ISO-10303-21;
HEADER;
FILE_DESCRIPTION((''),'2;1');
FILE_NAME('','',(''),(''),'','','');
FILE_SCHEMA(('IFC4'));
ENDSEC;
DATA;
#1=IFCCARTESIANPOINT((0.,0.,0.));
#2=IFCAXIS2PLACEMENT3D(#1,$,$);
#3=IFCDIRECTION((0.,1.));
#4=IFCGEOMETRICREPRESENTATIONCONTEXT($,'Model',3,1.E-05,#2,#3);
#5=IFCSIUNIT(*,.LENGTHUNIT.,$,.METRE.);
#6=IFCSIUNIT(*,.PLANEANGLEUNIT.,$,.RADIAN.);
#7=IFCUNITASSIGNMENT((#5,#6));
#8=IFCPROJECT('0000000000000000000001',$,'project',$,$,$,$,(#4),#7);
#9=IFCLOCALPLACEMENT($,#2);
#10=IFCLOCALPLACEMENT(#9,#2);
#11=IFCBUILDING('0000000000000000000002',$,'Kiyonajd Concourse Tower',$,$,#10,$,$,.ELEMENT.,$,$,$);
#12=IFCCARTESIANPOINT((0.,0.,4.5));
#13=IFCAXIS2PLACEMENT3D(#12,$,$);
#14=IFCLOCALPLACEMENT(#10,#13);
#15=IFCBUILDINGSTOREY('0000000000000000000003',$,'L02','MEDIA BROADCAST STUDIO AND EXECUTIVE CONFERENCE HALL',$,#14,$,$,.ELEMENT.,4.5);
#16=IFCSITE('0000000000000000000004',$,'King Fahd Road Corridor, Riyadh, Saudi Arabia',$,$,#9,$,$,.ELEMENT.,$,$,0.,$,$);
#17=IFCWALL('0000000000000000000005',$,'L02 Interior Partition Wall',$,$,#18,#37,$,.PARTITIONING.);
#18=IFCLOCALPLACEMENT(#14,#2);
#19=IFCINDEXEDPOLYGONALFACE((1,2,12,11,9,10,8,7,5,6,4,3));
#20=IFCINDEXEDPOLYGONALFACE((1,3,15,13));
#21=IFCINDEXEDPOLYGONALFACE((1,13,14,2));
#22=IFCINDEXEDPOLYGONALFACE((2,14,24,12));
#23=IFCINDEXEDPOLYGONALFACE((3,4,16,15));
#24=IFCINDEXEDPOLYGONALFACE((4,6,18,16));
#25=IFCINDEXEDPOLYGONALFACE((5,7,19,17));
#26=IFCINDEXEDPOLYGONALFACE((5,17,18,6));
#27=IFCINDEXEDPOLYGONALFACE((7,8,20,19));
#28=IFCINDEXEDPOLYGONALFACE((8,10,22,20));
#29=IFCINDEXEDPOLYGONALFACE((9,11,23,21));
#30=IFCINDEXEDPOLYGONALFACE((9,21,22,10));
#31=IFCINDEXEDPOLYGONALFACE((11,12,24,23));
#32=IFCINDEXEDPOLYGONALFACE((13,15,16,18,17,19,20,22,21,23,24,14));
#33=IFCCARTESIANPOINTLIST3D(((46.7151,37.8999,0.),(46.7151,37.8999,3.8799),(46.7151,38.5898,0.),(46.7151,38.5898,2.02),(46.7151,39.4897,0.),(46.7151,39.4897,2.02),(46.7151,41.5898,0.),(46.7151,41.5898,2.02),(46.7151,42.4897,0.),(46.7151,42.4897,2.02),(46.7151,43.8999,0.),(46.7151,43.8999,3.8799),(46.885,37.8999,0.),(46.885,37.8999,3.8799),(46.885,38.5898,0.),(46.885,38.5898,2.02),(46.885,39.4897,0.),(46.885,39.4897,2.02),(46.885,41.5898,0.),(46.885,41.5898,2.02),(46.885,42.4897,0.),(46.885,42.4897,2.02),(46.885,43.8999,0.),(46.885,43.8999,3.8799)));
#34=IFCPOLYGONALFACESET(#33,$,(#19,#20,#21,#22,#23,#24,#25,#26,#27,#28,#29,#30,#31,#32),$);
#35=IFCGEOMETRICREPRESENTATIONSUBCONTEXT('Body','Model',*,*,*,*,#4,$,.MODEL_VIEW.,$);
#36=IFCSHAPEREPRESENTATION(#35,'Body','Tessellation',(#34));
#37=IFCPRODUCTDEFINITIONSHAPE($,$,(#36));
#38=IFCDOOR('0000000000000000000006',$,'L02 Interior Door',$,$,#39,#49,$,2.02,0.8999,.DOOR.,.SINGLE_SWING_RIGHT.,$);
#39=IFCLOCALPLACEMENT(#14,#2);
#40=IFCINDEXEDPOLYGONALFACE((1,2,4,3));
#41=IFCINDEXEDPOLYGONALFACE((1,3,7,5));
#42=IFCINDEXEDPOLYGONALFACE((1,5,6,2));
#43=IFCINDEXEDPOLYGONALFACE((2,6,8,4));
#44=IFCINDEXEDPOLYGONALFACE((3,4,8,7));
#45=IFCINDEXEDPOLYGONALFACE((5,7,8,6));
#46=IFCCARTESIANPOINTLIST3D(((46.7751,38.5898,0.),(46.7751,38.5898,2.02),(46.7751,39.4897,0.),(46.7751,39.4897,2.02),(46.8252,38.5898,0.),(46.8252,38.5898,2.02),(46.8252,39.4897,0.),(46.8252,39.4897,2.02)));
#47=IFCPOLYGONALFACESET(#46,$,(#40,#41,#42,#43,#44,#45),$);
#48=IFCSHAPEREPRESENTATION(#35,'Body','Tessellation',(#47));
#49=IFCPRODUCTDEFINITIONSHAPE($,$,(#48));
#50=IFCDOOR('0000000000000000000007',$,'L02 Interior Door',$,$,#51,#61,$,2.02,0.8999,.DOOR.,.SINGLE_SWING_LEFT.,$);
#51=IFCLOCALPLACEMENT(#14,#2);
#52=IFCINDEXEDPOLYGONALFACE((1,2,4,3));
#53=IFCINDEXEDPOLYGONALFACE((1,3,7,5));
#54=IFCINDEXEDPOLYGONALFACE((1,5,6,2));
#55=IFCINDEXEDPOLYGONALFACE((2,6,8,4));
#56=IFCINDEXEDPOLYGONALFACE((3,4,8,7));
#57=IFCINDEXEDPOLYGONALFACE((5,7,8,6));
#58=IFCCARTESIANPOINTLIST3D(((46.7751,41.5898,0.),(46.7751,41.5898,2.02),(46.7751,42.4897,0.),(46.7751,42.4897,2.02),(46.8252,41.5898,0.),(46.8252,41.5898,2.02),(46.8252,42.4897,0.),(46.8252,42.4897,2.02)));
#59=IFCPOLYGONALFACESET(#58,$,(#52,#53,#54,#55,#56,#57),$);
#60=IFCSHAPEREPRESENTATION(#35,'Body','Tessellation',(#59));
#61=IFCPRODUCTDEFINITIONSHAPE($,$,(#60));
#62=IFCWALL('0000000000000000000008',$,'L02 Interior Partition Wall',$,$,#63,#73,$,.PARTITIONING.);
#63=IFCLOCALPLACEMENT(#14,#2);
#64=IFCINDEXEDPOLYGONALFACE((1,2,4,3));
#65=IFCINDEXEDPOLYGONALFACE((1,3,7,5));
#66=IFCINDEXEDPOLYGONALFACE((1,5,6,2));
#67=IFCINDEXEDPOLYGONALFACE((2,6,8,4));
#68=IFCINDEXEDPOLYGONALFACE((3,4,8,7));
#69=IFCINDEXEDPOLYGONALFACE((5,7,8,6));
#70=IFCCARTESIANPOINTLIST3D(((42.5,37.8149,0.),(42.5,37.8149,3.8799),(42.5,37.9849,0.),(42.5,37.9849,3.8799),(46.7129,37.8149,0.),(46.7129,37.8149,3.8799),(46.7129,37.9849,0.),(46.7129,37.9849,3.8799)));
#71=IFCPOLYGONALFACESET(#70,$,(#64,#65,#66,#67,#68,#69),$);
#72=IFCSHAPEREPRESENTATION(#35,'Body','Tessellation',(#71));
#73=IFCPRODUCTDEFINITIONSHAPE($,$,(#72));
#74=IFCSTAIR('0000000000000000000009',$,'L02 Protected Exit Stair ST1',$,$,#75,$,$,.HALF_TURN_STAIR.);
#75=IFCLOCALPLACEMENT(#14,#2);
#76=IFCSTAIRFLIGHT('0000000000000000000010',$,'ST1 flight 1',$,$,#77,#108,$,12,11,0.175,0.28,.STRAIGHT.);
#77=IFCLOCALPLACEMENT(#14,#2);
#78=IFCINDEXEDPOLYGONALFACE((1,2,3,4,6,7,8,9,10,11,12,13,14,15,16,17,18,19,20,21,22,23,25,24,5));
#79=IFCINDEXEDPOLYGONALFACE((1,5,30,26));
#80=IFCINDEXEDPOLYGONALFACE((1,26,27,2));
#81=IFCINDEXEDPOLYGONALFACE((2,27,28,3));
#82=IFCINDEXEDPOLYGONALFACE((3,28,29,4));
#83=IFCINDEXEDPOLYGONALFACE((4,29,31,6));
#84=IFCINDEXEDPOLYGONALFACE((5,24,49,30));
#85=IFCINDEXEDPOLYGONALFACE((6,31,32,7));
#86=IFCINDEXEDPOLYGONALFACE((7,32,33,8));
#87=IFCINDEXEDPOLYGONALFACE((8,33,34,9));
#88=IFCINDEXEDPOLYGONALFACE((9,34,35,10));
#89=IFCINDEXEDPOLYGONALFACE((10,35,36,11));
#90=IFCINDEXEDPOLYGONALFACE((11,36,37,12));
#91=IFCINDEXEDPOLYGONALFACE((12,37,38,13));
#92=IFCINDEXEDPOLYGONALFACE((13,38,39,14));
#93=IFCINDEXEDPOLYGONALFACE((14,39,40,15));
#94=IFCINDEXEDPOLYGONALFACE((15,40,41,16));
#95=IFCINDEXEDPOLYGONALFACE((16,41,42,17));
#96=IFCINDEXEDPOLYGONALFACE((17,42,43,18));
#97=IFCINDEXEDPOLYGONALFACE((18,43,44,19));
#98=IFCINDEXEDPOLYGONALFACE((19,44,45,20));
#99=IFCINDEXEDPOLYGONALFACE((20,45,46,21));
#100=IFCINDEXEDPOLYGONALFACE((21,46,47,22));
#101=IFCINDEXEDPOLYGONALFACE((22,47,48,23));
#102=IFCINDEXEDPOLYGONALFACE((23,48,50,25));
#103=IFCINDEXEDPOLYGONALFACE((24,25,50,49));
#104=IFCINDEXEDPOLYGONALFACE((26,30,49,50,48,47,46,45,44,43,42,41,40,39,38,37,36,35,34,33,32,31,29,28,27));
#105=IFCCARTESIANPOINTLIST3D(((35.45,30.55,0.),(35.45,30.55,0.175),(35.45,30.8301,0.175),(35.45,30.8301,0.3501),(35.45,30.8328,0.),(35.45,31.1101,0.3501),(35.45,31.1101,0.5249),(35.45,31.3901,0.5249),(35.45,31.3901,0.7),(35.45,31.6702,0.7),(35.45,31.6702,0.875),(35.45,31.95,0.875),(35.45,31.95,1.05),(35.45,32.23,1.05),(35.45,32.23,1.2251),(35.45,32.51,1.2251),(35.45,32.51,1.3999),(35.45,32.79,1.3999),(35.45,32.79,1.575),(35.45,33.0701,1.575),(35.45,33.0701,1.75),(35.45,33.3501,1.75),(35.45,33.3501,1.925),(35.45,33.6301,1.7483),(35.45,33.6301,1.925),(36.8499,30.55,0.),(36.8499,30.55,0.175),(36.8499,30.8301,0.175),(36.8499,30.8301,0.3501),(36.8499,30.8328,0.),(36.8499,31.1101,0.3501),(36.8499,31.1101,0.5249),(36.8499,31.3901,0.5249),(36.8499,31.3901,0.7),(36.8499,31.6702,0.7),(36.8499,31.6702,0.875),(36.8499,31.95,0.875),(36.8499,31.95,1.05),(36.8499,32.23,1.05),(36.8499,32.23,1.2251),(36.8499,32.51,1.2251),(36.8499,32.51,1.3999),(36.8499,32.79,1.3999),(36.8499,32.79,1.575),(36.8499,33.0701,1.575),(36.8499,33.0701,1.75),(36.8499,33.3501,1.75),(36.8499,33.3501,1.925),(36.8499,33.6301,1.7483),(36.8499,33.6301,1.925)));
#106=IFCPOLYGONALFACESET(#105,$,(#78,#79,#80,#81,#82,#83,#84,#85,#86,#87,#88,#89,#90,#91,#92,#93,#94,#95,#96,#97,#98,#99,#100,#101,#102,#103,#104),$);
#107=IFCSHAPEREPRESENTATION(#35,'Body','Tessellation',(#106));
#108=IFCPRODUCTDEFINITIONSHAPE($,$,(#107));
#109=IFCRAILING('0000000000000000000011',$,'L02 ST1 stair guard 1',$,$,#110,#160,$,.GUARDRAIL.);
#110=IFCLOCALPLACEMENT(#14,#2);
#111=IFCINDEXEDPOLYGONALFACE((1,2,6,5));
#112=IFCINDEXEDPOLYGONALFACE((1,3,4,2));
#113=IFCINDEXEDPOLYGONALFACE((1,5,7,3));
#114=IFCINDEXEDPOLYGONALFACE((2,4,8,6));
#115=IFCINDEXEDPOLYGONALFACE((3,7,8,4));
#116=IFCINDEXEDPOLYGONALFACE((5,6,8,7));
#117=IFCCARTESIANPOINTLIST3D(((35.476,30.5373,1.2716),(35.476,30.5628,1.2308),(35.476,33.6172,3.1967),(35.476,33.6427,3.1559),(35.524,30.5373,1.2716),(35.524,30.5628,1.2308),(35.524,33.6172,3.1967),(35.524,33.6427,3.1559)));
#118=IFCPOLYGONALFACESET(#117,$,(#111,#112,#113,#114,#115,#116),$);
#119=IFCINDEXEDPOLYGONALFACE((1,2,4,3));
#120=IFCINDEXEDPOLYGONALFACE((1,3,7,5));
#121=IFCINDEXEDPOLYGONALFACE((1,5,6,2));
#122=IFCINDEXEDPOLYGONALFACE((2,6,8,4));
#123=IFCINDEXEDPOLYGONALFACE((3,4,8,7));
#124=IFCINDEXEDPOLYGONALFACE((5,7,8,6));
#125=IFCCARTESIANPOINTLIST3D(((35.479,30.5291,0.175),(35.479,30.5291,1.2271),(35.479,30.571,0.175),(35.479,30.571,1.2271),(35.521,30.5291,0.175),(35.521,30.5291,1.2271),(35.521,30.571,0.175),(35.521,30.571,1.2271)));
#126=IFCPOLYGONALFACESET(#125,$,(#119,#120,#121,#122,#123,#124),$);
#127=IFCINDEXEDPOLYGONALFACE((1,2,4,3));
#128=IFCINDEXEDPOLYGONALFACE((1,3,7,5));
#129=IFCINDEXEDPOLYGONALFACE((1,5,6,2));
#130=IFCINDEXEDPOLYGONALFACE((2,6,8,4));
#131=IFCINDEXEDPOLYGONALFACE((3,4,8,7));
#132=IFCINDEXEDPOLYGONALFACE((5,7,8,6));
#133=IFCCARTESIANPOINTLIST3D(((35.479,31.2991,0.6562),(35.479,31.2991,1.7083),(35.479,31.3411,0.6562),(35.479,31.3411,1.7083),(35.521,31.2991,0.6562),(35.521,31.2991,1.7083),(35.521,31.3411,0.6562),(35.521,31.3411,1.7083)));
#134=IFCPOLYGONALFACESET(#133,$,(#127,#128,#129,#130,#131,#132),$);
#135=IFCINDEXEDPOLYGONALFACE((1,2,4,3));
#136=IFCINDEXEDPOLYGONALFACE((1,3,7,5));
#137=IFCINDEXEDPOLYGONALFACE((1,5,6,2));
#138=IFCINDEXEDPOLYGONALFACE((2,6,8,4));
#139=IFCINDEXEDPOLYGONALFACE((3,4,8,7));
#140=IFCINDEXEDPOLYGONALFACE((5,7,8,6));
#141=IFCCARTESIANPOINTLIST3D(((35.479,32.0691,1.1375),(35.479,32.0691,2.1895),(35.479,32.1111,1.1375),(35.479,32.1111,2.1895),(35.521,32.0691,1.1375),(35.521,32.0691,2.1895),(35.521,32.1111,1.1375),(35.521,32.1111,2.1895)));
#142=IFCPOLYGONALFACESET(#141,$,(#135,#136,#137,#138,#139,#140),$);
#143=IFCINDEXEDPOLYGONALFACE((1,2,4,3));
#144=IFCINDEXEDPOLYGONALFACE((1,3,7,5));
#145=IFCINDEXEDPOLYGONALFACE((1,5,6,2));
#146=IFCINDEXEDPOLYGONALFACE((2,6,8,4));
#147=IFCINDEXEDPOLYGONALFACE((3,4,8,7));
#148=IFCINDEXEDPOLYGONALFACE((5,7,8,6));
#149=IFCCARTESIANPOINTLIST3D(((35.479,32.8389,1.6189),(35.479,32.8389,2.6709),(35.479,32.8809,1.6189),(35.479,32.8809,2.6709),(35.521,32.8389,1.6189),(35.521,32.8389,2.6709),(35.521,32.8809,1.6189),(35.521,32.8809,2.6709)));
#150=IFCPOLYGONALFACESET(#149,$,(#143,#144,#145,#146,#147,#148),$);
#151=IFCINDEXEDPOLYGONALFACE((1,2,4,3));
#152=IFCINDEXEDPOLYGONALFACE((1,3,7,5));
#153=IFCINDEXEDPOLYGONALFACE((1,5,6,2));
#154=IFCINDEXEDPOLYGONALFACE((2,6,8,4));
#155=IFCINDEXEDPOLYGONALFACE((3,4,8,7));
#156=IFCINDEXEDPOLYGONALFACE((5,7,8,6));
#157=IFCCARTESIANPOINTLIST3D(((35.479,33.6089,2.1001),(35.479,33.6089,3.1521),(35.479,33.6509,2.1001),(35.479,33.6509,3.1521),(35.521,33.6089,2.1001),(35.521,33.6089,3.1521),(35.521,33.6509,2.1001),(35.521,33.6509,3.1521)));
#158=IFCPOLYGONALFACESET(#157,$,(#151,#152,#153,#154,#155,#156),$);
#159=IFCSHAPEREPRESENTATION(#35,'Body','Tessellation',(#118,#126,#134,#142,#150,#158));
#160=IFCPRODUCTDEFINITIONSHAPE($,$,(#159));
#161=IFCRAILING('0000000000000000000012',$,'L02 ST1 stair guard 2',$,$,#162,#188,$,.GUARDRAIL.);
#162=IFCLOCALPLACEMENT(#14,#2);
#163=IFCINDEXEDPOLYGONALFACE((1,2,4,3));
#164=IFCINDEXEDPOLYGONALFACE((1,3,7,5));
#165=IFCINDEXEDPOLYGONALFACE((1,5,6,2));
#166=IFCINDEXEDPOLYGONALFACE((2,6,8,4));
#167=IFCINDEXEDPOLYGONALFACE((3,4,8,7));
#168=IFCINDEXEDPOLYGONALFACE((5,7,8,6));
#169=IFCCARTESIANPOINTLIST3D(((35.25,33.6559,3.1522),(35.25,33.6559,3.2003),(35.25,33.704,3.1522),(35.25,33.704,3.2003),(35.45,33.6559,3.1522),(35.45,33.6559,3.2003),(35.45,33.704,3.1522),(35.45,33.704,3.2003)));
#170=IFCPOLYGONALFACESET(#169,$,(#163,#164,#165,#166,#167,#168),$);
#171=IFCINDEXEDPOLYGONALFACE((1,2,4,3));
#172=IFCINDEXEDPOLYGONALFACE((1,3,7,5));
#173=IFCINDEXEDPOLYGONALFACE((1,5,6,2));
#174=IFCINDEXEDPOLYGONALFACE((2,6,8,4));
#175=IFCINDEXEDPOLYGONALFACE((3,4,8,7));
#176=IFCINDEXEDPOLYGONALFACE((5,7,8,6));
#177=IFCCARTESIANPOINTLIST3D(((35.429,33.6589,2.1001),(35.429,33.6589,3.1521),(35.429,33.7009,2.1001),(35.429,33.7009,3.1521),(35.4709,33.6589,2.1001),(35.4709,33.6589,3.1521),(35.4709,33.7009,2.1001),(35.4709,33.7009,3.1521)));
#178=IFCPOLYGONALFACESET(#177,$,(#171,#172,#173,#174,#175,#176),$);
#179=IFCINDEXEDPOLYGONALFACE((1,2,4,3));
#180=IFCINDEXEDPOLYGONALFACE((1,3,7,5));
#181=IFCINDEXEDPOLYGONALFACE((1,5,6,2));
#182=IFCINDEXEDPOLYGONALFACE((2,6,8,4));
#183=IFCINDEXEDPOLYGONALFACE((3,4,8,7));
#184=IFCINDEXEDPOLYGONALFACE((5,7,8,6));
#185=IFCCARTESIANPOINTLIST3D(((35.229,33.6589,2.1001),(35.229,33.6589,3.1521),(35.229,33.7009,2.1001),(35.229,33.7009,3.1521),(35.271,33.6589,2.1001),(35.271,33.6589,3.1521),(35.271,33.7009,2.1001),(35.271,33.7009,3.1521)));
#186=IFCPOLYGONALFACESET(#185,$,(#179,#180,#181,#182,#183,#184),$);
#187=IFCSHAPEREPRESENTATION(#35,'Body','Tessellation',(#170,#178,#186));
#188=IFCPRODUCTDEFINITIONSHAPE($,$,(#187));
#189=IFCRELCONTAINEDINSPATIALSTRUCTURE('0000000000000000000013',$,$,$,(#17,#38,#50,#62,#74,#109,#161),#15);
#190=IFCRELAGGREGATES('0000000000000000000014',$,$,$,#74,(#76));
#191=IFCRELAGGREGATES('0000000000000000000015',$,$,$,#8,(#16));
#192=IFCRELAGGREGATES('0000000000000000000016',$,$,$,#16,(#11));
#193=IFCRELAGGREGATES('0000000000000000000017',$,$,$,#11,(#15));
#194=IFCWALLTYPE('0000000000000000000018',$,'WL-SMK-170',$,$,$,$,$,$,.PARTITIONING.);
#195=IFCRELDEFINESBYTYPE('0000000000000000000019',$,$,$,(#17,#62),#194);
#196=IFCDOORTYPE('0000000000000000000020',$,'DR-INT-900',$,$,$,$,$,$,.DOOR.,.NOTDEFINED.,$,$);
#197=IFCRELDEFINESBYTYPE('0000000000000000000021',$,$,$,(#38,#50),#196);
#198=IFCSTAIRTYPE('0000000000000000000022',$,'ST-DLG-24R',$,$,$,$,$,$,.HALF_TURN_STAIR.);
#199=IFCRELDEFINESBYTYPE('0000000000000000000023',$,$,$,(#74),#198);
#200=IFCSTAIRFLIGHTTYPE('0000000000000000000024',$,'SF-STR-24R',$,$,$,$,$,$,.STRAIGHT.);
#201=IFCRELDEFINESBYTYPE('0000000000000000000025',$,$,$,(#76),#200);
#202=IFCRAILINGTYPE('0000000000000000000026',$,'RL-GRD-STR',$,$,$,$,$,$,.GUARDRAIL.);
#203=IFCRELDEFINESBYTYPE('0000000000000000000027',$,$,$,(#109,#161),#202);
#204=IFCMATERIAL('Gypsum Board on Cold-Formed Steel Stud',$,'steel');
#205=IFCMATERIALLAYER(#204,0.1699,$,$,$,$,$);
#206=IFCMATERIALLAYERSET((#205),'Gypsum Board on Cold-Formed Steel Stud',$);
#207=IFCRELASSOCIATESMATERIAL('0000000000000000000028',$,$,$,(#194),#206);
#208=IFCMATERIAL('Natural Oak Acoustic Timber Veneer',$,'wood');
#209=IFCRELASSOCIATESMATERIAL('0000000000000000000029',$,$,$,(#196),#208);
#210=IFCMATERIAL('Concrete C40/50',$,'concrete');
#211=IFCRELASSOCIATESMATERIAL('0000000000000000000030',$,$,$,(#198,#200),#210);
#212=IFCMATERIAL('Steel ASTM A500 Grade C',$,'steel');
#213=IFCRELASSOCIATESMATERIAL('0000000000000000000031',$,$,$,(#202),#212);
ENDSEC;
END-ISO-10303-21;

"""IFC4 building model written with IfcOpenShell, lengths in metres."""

from ifc_helpers import new_model, si_unit, direction, frame, frame_2d, origin, origin_2d, place, context, subcontext, project, spatial, polyline, rectangle, outline, extrude, material, layer, layer_set, type_object, element, fill, aggregate, save


model = new_model("IFC4")

# Units and contexts
model_context = context("Model", 3, precision=1e-05, world=origin(), true_north=direction((0.0, 1.0)))
body_context = subcontext(model_context, "Body", "Model", "MODEL_VIEW")
ifc_project = project(units=[si_unit("LENGTHUNIT", "METRE"), si_unit("PLANEANGLEUNIT", "RADIAN")], contexts=[model_context])

# Site, building, storey
site_placement = place(None, origin())
site = spatial("IfcSite", under=ifc_project, at=site_placement, Name="King Fahd Road Corridor, Riyadh, Saudi Arabia", CompositionType="ELEMENT", RefElevation=0.0)
building_placement = place(site_placement, origin())
building = spatial("IfcBuilding", under=site, at=building_placement, Name="Kiyonajd Concourse Tower", CompositionType="ELEMENT")
storey_placement = place(building_placement, frame((0.0, 0.0, 4.5)))
storey = spatial("IfcBuildingStorey", under=building, at=storey_placement, Name="L02", Description="MEDIA BROADCAST STUDIO AND EXECUTIVE CONFERENCE HALL", CompositionType="ELEMENT", Elevation=4.5)

# Shared definitions
ifc_material_1 = material(Name="Gypsum Board on Cold-Formed Steel Stud", Category="steel")

# Shared definitions
ifc_layer_1 = layer(ifc_material_1, 0.1699)
ifc_layer_set_1 = layer_set([ifc_layer_1], Name="Gypsum Board on Cold-Formed Steel Stud")
wall_type_1 = type_object("IfcWallType", Name="WL-SMK-170", PredefinedType="PARTITIONING", material=ifc_layer_set_1)
ifc_material_2 = material(Name="Natural Oak Acoustic Timber Veneer", Category="wood")
door_type_1 = type_object("IfcDoorType", Name="DR-INT-900", OperationType="NOTDEFINED", PredefinedType="DOOR", material=ifc_material_2)

# Wall, openings, doors
wall_1_placement = place(storey_placement, frame((46.8, 37.8999, 0.0), z_axis=(0.0, 0.0, 1.0), x_axis=(0.0, 1.0, 0.0)))
wall_1 = element("IfcWall", 1, at=wall_1_placement, inside=storey, type_object=wall_type_1, Name="L02 Interior Partition Wall", PredefinedType="PARTITIONING", context=body_context, shape_type="SweptSolid", body=[
    extrude(rectangle(XDim=6.0, YDim=0.1699, at=frame_2d((3.0, 0.0))), origin(), (0.0, 0.0, 1.0), 3.8799),
])
opening_1_placement = place(wall_1_placement, frame((0.6899, 0.0, 0.0)))
opening_1 = element("IfcOpeningElement", 2, at=opening_1_placement, cuts=wall_1, PredefinedType="OPENING", context=body_context, shape_type="SweptSolid", body=[
    extrude(rectangle(XDim=0.8999, YDim=2.02, at=frame_2d((0.45, 1.01))), frame((0.0, 0.095, 0.0), z_axis=(0.0, -1.0, 0.0), x_axis=(1.0, 0.0, 0.0)), (0.0, 0.0, 1.0), 0.1899),
])
opening_2_placement = place(wall_1_placement, frame((3.6899, 0.0, 0.0)))
opening_2 = element("IfcOpeningElement", 3, at=opening_2_placement, cuts=wall_1, PredefinedType="OPENING", context=body_context, shape_type="SweptSolid", body=[
    extrude(rectangle(XDim=0.8999, YDim=2.02, at=frame_2d((0.45, 1.01))), frame((0.0, 0.095, 0.0), z_axis=(0.0, -1.0, 0.0), x_axis=(1.0, 0.0, 0.0)), (0.0, 0.0, 1.0), 0.1899),
])
door_1_placement = place(opening_1_placement, origin())
door_1 = element("IfcDoor", 4, at=door_1_placement, inside=storey, type_object=door_type_1, Name="L02 Interior Door", OperationType="SINGLE_SWING_RIGHT", OverallHeight=2.02, OverallWidth=0.8999, PredefinedType="DOOR", context=body_context, shape_type="SweptSolid", body=[
    extrude(rectangle(XDim=0.8999, YDim=2.02, at=frame_2d((0.45, 1.01))), frame((0.0, 0.0249, 0.0), z_axis=(0.0, -1.0, 0.0), x_axis=(1.0, 0.0, 0.0)), (0.0, 0.0, 1.0), 0.05),
])
fill(opening_1, door_1)
door_2_placement = place(opening_2_placement, origin())
door_2 = element("IfcDoor", 5, at=door_2_placement, inside=storey, type_object=door_type_1, Name="L02 Interior Door", OperationType="SINGLE_SWING_LEFT", OverallHeight=2.02, OverallWidth=0.8999, PredefinedType="DOOR", context=body_context, shape_type="SweptSolid", body=[
    extrude(rectangle(XDim=0.8999, YDim=2.02, at=frame_2d((0.45, 1.01))), frame((0.0, 0.0249, 0.0), z_axis=(0.0, -1.0, 0.0), x_axis=(1.0, 0.0, 0.0)), (0.0, 0.0, 1.0), 0.05),
])
fill(opening_2, door_2)

# Wall
wall_2_placement = place(storey_placement, frame((42.5, 37.8999, 0.0), z_axis=(0.0, 0.0, 1.0), x_axis=(1.0, 0.0, 0.0)))
element("IfcWall", 6, at=wall_2_placement, inside=storey, type_object=wall_type_1, Name="L02 Interior Partition Wall", PredefinedType="PARTITIONING", context=body_context, shape_type="SweptSolid", body=[
    extrude(rectangle(XDim=4.2129, YDim=0.1699, at=frame_2d((2.1064, 0.0))), origin(), (0.0, 0.0, 1.0), 3.8799),
])

# Stair, stair flight
ifc_material_3 = material(Name="Concrete C40/50", Category="concrete")
stair_type = type_object("IfcStairType", Name="ST-DLG-24R", PredefinedType="HALF_TURN_STAIR", material=ifc_material_3)
stair_placement = place(storey_placement, origin())
stair = element("IfcStair", 7, at=stair_placement, inside=storey, type_object=stair_type, Name="L02 Protected Exit Stair ST1", PredefinedType="HALF_TURN_STAIR")
stair_flight_type = type_object("IfcStairFlightType", Name="SF-STR-24R", PredefinedType="STRAIGHT", material=ifc_material_3)
stair_flight_placement = place(storey_placement, frame((36.1499, 30.55, 0.0), z_axis=(0.0, 0.0, 1.0), x_axis=(0.0, 1.0, 0.0)))
stair_flight = element("IfcStairFlight", 8, at=stair_flight_placement, type_object=stair_flight_type, Name="ST1 flight 1", NumberOfRisers=12, NumberOfTreads=11, PredefinedType="STRAIGHT", RiserHeight=0.175, TreadLength=0.28, context=body_context, shape_type="SweptSolid", body=[
    extrude(outline(polyline([(0.0, 0.0), (0.0, 0.175), (0.28, 0.175), (0.28, 0.3501), (0.5601, 0.3501), (0.5601, 0.5249), (0.8401, 0.5249), (0.8401, 0.7), (1.1201, 0.7), (1.1201, 0.875), (1.3999, 0.875), (1.3999, 1.05), (1.6799, 1.05), (1.6799, 1.2251), (1.96, 1.2251), (1.96, 1.3999), (2.24, 1.3999), (2.24, 1.575), (2.52, 1.575), (2.52, 1.75), (2.8, 1.75), (2.8, 1.925), (3.0801, 1.925), (3.0801, 2.1001), (3.0801, 1.7483), (0.2827, 0.0), (0.0, 0.0)])), frame((0.0, 0.7, 0.0), z_axis=(0.0, -1.0, 0.0), x_axis=(1.0, 0.0, 0.0)), (0.0, 0.0, 1.0), 1.3999),
])
aggregate(stair, [stair_flight])

# Railings
ifc_material_4 = material(Name="Steel ASTM A500 Grade C", Category="steel")
railing_type_1 = type_object("IfcRailingType", Name="RL-GRD-STR", PredefinedType="GUARDRAIL", material=ifc_material_4)
railing_1_placement = place(storey_placement, frame((35.5, 30.55, 0.175)))
element("IfcRailing", 9, at=railing_1_placement, inside=storey, type_object=railing_type_1, Name="L02 ST1 stair guard 1", PredefinedType="GUARDRAIL", context=body_context, shape_type="SweptSolid", body=[
    extrude(rectangle(XDim=0.0481, YDim=0.0481, at=origin_2d()), frame((0.0, 0.0, 1.0762), z_axis=(0.0, 0.847979, 0.530029), x_axis=(-1.0, 0.0, 0.0)), (0.0, 0.0, 1.0), 3.6321),
    extrude(rectangle(XDim=0.042, YDim=0.042, at=origin_2d()), origin(), (0.0, 0.0, 1.0), 1.052),
    extrude(rectangle(XDim=0.042, YDim=0.042, at=origin_2d()), frame((0.0, 0.77, 0.4812)), (0.0, 0.0, 1.0), 1.052),
    extrude(rectangle(XDim=0.042, YDim=0.042, at=origin_2d()), frame((0.0, 1.54, 0.9624)), (0.0, 0.0, 1.0), 1.052),
    extrude(rectangle(XDim=0.042, YDim=0.042, at=origin_2d()), frame((0.0, 2.3098, 1.4438)), (0.0, 0.0, 1.0), 1.052),
    extrude(rectangle(XDim=0.042, YDim=0.042, at=origin_2d()), frame((0.0, 3.0798, 1.925)), (0.0, 0.0, 1.0), 1.052),
])
railing_2_placement = place(storey_placement, frame((35.45, 33.6799, 2.1001)))
element("IfcRailing", 10, at=railing_2_placement, inside=storey, type_object=railing_type_1, Name="L02 ST1 stair guard 2", PredefinedType="GUARDRAIL", context=body_context, shape_type="SweptSolid", body=[
    extrude(rectangle(XDim=0.0481, YDim=0.0481, at=origin_2d()), frame((0.0, 0.0, 1.0762), z_axis=(-1.0, 0.0, 0.0), x_axis=(0.0, -1.0, 0.0)), (0.0, 0.0, 1.0), 0.2),
    extrude(rectangle(XDim=0.042, YDim=0.042, at=origin_2d()), origin(), (0.0, 0.0, 1.0), 1.052),
    extrude(rectangle(XDim=0.042, YDim=0.042, at=origin_2d()), frame((-0.2, 0.0, 0.0)), (0.0, 0.0, 1.0), 1.052),
])

save(model, "model.ifc")
